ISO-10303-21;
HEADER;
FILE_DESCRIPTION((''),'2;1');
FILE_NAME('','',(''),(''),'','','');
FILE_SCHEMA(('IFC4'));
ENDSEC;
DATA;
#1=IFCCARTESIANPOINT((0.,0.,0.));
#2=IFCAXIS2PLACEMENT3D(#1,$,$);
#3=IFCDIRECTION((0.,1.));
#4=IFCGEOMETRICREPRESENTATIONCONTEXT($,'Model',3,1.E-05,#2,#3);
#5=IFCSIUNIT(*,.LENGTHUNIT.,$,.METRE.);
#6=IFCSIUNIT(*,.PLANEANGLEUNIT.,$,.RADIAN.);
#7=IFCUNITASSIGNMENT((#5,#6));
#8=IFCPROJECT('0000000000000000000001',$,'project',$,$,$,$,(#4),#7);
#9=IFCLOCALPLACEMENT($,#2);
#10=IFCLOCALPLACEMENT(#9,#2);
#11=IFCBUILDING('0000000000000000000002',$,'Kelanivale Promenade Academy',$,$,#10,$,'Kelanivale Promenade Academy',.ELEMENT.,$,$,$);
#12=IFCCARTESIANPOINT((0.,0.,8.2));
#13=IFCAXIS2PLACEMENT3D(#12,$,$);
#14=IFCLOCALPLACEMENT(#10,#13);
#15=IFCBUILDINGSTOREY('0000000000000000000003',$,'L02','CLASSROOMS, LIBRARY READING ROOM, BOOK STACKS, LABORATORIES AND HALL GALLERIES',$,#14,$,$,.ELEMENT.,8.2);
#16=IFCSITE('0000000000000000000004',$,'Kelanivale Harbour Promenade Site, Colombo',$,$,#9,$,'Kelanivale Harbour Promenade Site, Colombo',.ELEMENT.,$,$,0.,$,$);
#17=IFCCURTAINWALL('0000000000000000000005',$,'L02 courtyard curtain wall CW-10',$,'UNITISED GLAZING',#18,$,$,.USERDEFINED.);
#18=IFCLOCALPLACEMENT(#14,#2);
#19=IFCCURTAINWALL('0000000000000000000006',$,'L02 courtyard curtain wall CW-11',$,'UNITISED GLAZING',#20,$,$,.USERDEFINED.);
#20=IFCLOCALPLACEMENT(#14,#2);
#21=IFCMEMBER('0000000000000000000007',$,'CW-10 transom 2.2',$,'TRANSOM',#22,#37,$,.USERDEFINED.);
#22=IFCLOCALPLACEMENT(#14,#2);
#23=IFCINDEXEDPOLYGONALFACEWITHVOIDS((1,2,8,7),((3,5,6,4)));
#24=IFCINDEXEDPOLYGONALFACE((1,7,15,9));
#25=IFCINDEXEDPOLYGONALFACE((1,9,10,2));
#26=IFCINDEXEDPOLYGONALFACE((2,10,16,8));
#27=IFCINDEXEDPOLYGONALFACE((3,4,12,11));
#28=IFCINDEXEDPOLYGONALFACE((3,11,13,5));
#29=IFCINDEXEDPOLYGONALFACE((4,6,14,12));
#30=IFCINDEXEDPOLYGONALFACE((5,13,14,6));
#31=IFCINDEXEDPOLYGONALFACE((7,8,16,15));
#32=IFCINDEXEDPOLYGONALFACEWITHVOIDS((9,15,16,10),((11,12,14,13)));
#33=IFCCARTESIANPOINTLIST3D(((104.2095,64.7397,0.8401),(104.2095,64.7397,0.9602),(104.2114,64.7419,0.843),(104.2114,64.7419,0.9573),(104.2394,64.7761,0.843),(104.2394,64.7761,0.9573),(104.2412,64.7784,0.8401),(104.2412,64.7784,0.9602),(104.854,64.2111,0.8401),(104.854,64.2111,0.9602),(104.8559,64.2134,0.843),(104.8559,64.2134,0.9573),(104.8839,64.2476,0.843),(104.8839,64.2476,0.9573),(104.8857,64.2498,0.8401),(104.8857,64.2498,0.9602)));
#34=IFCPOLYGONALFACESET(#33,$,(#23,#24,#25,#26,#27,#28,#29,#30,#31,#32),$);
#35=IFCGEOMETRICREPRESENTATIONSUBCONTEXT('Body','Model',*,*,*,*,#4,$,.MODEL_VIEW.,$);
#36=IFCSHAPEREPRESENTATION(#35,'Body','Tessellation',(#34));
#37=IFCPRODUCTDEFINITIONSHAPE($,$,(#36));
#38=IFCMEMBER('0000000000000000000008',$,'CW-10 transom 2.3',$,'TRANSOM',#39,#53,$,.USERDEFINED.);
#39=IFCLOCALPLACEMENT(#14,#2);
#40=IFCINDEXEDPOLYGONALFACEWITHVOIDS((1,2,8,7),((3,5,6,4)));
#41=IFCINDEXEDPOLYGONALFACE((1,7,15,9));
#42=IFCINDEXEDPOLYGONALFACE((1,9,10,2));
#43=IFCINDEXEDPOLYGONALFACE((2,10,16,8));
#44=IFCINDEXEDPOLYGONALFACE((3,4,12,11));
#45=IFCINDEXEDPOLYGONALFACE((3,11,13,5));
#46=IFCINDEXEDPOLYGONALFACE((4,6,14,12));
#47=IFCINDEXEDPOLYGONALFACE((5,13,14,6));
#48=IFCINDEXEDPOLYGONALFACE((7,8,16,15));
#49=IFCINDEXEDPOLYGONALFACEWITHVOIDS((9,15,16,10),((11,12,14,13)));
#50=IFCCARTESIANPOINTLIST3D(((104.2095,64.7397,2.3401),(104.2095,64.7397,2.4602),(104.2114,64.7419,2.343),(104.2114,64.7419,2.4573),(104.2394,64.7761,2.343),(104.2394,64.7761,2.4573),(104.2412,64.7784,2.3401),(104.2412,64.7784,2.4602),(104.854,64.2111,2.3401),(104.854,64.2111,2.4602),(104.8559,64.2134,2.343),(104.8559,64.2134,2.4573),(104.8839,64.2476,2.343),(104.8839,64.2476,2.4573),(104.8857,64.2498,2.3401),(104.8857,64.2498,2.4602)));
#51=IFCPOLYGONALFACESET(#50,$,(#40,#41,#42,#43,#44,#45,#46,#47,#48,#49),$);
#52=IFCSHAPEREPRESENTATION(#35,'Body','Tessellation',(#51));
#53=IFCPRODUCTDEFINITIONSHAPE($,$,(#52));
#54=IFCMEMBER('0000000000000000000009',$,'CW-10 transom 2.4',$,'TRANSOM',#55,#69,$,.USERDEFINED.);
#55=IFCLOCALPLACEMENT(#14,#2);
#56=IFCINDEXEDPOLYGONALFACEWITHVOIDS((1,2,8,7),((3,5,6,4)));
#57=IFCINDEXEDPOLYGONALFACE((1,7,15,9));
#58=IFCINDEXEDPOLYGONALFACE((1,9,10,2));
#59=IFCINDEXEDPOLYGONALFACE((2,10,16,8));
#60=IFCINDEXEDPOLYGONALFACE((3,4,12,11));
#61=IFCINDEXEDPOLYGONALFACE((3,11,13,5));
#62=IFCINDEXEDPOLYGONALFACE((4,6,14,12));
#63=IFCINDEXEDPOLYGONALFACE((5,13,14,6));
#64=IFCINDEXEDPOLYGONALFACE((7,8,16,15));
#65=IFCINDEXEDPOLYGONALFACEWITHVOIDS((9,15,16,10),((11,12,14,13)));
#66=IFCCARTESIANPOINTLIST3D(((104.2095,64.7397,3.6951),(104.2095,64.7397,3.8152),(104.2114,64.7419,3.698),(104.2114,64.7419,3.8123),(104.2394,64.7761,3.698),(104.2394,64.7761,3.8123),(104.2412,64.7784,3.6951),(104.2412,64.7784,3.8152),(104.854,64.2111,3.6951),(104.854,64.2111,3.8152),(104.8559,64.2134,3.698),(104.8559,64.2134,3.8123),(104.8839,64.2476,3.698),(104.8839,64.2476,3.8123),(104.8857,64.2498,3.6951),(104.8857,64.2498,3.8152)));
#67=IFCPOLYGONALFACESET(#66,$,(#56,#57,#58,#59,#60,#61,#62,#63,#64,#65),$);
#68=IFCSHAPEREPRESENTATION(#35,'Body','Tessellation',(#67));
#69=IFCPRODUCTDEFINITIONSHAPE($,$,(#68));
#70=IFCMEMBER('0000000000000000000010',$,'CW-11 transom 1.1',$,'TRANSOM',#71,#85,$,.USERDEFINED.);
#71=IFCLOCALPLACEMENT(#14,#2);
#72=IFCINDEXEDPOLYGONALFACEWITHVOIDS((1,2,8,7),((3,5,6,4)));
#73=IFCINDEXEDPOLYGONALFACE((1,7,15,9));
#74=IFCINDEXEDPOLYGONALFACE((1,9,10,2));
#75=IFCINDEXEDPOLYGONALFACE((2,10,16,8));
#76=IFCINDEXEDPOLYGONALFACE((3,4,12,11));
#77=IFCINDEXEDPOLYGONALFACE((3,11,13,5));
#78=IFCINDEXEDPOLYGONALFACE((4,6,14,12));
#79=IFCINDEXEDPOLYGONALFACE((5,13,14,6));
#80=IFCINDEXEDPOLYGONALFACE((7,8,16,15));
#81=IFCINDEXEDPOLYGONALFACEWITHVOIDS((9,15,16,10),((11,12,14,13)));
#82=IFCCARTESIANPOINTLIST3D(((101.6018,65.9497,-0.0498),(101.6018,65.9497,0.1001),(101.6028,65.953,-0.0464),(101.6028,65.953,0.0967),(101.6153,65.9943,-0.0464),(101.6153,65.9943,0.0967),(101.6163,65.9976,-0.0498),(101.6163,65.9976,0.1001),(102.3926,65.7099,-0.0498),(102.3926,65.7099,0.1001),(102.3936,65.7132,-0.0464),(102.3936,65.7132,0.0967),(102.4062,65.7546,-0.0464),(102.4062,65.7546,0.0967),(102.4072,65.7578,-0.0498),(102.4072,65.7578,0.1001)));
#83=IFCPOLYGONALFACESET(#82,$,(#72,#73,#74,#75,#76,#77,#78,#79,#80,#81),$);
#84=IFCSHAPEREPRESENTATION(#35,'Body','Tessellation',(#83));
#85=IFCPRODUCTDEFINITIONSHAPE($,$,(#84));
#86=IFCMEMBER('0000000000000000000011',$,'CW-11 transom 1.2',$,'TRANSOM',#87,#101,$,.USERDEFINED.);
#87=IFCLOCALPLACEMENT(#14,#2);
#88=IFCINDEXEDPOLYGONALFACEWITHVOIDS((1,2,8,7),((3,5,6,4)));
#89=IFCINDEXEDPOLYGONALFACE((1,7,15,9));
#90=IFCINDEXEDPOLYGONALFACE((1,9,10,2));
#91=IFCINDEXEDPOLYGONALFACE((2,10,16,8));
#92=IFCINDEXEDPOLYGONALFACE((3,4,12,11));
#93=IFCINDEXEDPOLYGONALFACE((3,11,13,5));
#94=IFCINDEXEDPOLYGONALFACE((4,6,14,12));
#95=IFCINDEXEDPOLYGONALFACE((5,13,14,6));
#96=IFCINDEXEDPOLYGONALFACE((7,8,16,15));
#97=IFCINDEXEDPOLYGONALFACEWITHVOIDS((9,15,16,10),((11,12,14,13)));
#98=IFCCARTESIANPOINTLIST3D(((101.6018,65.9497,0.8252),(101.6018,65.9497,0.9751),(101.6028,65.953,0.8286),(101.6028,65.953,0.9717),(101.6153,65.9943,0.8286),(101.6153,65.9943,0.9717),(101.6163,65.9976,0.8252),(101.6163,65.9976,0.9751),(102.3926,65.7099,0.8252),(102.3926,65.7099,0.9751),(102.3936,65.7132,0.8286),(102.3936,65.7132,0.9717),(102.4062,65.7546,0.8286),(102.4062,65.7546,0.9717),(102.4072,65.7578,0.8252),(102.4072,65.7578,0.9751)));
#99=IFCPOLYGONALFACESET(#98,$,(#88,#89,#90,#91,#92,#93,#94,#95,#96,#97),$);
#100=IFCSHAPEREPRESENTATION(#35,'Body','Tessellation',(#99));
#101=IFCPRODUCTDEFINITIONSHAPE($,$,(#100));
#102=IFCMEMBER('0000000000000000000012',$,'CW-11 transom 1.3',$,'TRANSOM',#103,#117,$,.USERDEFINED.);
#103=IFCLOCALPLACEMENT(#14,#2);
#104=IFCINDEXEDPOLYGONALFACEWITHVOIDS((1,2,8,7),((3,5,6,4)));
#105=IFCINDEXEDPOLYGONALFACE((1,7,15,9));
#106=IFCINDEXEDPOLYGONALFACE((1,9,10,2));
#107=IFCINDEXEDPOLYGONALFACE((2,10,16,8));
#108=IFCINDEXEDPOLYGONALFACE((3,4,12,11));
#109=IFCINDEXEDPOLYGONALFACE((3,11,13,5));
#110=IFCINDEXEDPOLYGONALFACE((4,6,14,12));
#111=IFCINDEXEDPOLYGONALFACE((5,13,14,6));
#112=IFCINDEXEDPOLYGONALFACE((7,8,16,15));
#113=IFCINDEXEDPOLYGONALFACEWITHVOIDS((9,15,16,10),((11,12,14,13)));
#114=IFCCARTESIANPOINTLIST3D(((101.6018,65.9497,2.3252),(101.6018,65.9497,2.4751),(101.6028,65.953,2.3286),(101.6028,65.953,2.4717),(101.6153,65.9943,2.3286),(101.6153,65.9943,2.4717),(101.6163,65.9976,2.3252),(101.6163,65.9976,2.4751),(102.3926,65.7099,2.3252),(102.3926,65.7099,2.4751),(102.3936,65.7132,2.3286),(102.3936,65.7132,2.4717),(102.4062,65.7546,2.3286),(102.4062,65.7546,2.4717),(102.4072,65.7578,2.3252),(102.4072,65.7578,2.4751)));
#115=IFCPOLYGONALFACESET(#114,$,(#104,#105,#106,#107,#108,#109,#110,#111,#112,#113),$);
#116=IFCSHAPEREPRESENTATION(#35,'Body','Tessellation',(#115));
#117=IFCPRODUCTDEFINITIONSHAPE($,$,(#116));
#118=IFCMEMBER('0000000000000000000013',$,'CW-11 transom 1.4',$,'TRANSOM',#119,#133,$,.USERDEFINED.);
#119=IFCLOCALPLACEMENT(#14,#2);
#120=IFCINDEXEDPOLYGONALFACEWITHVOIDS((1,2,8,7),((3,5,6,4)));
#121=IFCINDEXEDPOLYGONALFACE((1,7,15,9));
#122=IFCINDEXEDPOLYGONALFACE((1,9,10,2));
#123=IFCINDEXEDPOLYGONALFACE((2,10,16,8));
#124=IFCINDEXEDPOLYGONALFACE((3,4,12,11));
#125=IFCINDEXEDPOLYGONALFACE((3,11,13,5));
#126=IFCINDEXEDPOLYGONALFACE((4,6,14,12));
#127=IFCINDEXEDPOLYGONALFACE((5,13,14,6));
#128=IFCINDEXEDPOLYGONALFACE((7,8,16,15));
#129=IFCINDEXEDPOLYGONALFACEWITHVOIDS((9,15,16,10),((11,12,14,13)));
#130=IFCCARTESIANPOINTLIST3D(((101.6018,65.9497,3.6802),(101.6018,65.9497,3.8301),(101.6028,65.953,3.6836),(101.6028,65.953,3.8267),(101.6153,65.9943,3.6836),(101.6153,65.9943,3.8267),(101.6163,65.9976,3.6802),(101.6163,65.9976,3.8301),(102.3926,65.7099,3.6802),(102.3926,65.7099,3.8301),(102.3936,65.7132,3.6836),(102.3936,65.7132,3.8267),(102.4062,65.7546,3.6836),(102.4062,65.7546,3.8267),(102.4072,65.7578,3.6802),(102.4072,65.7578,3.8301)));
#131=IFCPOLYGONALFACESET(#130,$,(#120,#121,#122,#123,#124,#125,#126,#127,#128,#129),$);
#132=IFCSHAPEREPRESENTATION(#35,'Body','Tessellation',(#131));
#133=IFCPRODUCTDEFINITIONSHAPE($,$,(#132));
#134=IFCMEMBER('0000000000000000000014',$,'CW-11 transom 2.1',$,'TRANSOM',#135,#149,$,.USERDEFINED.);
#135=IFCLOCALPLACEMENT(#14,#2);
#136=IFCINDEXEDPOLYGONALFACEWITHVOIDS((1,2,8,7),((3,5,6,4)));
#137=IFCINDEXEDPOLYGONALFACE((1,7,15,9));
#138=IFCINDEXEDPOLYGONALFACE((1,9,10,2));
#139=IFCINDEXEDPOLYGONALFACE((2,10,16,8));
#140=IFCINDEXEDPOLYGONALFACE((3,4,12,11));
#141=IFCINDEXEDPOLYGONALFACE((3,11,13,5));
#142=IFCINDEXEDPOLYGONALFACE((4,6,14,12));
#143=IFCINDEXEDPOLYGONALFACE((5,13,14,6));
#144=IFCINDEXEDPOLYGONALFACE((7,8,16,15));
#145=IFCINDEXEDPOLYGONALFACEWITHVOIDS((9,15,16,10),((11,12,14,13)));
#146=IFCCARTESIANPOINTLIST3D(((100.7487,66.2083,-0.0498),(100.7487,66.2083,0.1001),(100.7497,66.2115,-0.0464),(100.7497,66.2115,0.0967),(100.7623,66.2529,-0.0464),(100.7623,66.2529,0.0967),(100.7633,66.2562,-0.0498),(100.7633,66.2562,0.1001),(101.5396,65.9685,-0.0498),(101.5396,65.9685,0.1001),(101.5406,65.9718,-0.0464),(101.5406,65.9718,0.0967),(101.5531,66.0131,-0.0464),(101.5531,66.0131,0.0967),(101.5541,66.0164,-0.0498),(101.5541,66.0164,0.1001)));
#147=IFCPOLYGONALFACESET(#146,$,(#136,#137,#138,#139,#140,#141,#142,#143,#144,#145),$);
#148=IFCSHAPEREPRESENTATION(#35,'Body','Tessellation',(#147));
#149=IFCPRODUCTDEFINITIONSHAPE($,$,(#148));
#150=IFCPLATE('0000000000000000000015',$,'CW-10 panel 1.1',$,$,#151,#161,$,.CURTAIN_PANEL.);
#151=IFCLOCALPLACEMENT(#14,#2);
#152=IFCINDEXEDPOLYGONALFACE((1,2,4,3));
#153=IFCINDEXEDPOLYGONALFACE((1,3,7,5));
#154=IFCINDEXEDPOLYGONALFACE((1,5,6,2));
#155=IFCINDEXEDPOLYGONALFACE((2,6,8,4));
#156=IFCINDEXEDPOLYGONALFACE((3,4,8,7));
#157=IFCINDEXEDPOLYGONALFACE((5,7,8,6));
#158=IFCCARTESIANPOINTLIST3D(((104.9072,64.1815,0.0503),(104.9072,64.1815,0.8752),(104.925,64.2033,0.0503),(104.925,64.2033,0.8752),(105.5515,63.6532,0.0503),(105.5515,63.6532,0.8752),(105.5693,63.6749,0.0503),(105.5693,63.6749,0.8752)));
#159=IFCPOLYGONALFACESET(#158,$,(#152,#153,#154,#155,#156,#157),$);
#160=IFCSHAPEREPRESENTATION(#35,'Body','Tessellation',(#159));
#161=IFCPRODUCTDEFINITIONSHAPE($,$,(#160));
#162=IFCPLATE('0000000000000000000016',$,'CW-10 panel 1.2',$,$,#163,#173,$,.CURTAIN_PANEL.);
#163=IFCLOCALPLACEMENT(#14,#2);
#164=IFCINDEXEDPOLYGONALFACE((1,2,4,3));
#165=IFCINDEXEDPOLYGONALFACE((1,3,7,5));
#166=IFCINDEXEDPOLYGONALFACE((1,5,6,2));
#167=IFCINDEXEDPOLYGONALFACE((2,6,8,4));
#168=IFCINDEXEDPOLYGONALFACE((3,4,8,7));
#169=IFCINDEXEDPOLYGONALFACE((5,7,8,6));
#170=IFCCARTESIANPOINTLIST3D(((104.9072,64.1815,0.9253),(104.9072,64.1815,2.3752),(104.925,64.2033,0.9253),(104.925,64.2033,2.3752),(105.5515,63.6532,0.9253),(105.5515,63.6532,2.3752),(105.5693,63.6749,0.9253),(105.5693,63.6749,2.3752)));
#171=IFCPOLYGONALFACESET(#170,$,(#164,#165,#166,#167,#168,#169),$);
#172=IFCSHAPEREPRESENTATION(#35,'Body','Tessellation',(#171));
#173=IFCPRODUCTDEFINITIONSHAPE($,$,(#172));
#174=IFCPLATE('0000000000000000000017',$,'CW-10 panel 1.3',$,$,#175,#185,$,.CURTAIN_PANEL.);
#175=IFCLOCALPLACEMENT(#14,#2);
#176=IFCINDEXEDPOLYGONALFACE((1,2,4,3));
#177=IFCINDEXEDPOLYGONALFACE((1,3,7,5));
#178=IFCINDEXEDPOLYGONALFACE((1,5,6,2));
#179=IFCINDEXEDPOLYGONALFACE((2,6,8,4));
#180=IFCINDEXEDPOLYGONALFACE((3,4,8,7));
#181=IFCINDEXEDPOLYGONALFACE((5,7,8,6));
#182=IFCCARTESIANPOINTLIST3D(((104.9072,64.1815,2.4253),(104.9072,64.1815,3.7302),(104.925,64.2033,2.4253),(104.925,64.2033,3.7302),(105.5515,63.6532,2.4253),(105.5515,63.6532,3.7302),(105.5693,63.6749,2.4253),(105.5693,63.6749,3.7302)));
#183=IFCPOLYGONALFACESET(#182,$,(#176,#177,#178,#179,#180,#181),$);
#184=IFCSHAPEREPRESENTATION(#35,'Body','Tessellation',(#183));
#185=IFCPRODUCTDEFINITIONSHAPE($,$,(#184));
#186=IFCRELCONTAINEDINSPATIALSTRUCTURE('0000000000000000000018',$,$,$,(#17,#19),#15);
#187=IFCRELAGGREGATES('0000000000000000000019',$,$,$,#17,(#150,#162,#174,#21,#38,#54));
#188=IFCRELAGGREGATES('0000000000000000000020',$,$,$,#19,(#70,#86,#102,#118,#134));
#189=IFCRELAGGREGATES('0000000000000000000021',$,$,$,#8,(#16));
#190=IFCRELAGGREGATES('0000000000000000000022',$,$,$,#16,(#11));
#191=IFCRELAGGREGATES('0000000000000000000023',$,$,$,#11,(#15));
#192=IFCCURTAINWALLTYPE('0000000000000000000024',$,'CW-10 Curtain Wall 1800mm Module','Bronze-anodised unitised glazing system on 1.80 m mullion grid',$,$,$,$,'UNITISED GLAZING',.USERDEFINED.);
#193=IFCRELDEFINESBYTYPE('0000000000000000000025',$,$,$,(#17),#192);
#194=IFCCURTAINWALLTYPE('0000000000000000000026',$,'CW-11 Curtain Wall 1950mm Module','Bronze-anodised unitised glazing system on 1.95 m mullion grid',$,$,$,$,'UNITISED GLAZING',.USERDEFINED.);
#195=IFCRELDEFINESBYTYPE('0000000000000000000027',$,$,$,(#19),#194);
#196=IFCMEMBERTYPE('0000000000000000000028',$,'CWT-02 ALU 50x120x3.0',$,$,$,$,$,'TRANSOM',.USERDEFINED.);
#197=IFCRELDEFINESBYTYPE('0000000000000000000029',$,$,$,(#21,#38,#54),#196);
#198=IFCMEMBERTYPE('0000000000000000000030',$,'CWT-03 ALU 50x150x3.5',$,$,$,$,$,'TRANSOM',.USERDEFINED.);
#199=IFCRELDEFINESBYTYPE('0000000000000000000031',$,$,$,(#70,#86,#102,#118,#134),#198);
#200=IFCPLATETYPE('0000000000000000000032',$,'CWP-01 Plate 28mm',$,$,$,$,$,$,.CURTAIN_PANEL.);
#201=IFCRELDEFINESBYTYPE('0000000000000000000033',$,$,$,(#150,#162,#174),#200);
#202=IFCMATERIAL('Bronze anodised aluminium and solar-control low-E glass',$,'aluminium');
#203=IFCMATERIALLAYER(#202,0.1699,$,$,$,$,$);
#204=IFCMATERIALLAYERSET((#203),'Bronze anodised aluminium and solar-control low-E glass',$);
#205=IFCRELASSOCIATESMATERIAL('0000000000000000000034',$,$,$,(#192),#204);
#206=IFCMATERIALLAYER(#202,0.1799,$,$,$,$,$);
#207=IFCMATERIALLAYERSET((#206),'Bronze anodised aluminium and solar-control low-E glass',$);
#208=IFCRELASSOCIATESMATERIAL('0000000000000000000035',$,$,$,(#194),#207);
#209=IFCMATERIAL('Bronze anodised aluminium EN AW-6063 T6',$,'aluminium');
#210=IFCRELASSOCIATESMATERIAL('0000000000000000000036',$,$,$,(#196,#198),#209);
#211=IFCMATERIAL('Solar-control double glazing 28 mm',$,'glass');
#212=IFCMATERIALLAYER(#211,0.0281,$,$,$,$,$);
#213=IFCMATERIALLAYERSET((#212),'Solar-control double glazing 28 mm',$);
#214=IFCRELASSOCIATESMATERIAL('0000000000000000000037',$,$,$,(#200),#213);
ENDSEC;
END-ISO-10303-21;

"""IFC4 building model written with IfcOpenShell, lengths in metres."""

from ifc_helpers import new_model, si_unit, direction, frame, origin, origin_2d, place, context, subcontext, project, spatial, rectangle, hollow_rectangle, extrude, material, layer, layer_set, material_profile, profile_set, type_object, element, aggregate, save


model = new_model("IFC4")

# Units and contexts
model_context = context("Model", 3, precision=1e-05, world=origin(), true_north=direction((0.0, 1.0)))
body_context = subcontext(model_context, "Body", "Model", "MODEL_VIEW")
ifc_project = project(units=[si_unit("LENGTHUNIT", "METRE"), si_unit("PLANEANGLEUNIT", "RADIAN")], contexts=[model_context])

# Site, building, storey
site_placement = place(None, origin())
site = spatial("IfcSite", under=ifc_project, at=site_placement, Name="Kelanivale Harbour Promenade Site, Colombo", LongName="Kelanivale Harbour Promenade Site, Colombo", CompositionType="ELEMENT", RefElevation=0.0)
building_placement = place(site_placement, origin())
building = spatial("IfcBuilding", under=site, at=building_placement, Name="Kelanivale Promenade Academy", LongName="Kelanivale Promenade Academy", CompositionType="ELEMENT")
storey_placement = place(building_placement, frame((0.0, 0.0, 8.2)))
storey = spatial("IfcBuildingStorey", under=building, at=storey_placement, Name="L02", Description="CLASSROOMS, LIBRARY READING ROOM, BOOK STACKS, LABORATORIES AND HALL GALLERIES", CompositionType="ELEMENT", Elevation=8.2)

# Curtain walls
ifc_material_1 = material(Name="Bronze anodised aluminium and solar-control low-E glass", Category="aluminium")
ifc_layer_1 = layer(ifc_material_1, 0.1699)
ifc_layer_set_1 = layer_set([ifc_layer_1], Name="Bronze anodised aluminium and solar-control low-E glass")
curtain_wall_type_1 = type_object("IfcCurtainWallType", Name="CW-10 Curtain Wall 1800mm Module", Description="Bronze-anodised unitised glazing system on 1.80 m mullion grid", ElementType="UNITISED GLAZING", PredefinedType="USERDEFINED", material=ifc_layer_set_1)
curtain_wall_1_placement = place(storey_placement, origin())
curtain_wall_1 = element("IfcCurtainWall", 1, at=curtain_wall_1_placement, inside=storey, type_object=curtain_wall_type_1, Name="L02 courtyard curtain wall CW-10", ObjectType="UNITISED GLAZING", PredefinedType="USERDEFINED")
ifc_material_2 = material(Name="Bronze anodised aluminium EN AW-6063 T6", Category="aluminium")
ifc_layer_2 = layer(ifc_material_1, 0.1799)
ifc_layer_set_2 = layer_set([ifc_layer_2], Name="Bronze anodised aluminium and solar-control low-E glass")
curtain_wall_type_2 = type_object("IfcCurtainWallType", Name="CW-11 Curtain Wall 1950mm Module", Description="Bronze-anodised unitised glazing system on 1.95 m mullion grid", ElementType="UNITISED GLAZING", PredefinedType="USERDEFINED", material=ifc_layer_set_2)
curtain_wall_2_placement = place(storey_placement, origin())
curtain_wall_2 = element("IfcCurtainWall", 2, at=curtain_wall_2_placement, inside=storey, type_object=curtain_wall_type_2, Name="L02 courtyard curtain wall CW-11", ObjectType="UNITISED GLAZING", PredefinedType="USERDEFINED")

# Members
ifc_material_profile_1 = material_profile(ifc_material_2, hollow_rectangle(XDim=0.05, YDim=0.1201, WallThickness=0.0029, at=origin_2d()), Name="ALU 50x120x3.0")
ifc_profile_set_1 = profile_set([ifc_material_profile_1], Name="Bronze anodised aluminium EN AW-6063 T6")
member_type_1 = type_object("IfcMemberType", Name="CWT-02 ALU 50x120x3.0", ElementType="TRANSOM", PredefinedType="USERDEFINED", material=ifc_profile_set_1)
member_1_placement = place(storey_placement, frame((104.8699, 64.2305, 0.9001), z_axis=(-0.773239, 0.634115, 0.0), x_axis=(-0.634115, -0.773239, 0.0)))
member_1 = element("IfcMember", 3, at=member_1_placement, type_object=member_type_1, Name="CW-10 transom 2.2", ObjectType="TRANSOM", PredefinedType="USERDEFINED", context=body_context, shape_type="SweptSolid", body=[
    extrude(hollow_rectangle(XDim=0.05, YDim=0.1201, WallThickness=0.0029, at=origin_2d()), origin(), (0.0, 0.0, 1.0), 0.8335),
])
member_2_placement = place(storey_placement, frame((104.8699, 64.2305, 2.4001), z_axis=(-0.773239, 0.634115, 0.0), x_axis=(-0.634115, -0.773239, 0.0)))
member_2 = element("IfcMember", 4, at=member_2_placement, type_object=member_type_1, Name="CW-10 transom 2.3", ObjectType="TRANSOM", PredefinedType="USERDEFINED", context=body_context, shape_type="SweptSolid", body=[
    extrude(hollow_rectangle(XDim=0.05, YDim=0.1201, WallThickness=0.0029, at=origin_2d()), origin(), (0.0, 0.0, 1.0), 0.8335),
])
member_3_placement = place(storey_placement, frame((104.8699, 64.2305, 3.7551), z_axis=(-0.773239, 0.634115, 0.0), x_axis=(-0.634115, -0.773239, 0.0)))
member_3 = element("IfcMember", 5, at=member_3_placement, type_object=member_type_1, Name="CW-10 transom 2.4", ObjectType="TRANSOM", PredefinedType="USERDEFINED", context=body_context, shape_type="SweptSolid", body=[
    extrude(hollow_rectangle(XDim=0.05, YDim=0.1201, WallThickness=0.0029, at=origin_2d()), origin(), (0.0, 0.0, 1.0), 0.8335),
])
ifc_material_profile_2 = material_profile(ifc_material_2, hollow_rectangle(XDim=0.05, YDim=0.1499, WallThickness=0.0034, at=origin_2d()), Name="ALU 50x150x3.5")
ifc_profile_set_2 = profile_set([ifc_material_profile_2], Name="Bronze anodised aluminium EN AW-6063 T6")
member_type_2 = type_object("IfcMemberType", Name="CWT-03 ALU 50x150x3.5", ElementType="TRANSOM", PredefinedType="USERDEFINED", material=ifc_profile_set_2)
member_4_placement = place(storey_placement, frame((102.3999, 65.7339, 0.0251), z_axis=(-0.956985, 0.290139, 0.0), x_axis=(-0.290139, -0.956985, 0.0)))
member_4 = element("IfcMember", 6, at=member_4_placement, type_object=member_type_2, Name="CW-11 transom 1.1", ObjectType="TRANSOM", PredefinedType="USERDEFINED", context=body_context, shape_type="SweptSolid", body=[
    extrude(hollow_rectangle(XDim=0.05, YDim=0.1499, WallThickness=0.0034, at=origin_2d()), origin(), (0.0, 0.0, 1.0), 0.8264),
])
member_5_placement = place(storey_placement, frame((102.3999, 65.7339, 0.9001), z_axis=(-0.956985, 0.290139, 0.0), x_axis=(-0.290139, -0.956985, 0.0)))
member_5 = element("IfcMember", 7, at=member_5_placement, type_object=member_type_2, Name="CW-11 transom 1.2", ObjectType="TRANSOM", PredefinedType="USERDEFINED", context=body_context, shape_type="SweptSolid", body=[
    extrude(hollow_rectangle(XDim=0.05, YDim=0.1499, WallThickness=0.0034, at=origin_2d()), origin(), (0.0, 0.0, 1.0), 0.8264),
])
member_6_placement = place(storey_placement, frame((102.3999, 65.7339, 2.4001), z_axis=(-0.956985, 0.290139, 0.0), x_axis=(-0.290139, -0.956985, 0.0)))
member_6 = element("IfcMember", 8, at=member_6_placement, type_object=member_type_2, Name="CW-11 transom 1.3", ObjectType="TRANSOM", PredefinedType="USERDEFINED", context=body_context, shape_type="SweptSolid", body=[
    extrude(hollow_rectangle(XDim=0.05, YDim=0.1499, WallThickness=0.0034, at=origin_2d()), origin(), (0.0, 0.0, 1.0), 0.8264),
])
member_7_placement = place(storey_placement, frame((102.3999, 65.7339, 3.7551), z_axis=(-0.956985, 0.290139, 0.0), x_axis=(-0.290139, -0.956985, 0.0)))
member_7 = element("IfcMember", 9, at=member_7_placement, type_object=member_type_2, Name="CW-11 transom 1.4", ObjectType="TRANSOM", PredefinedType="USERDEFINED", context=body_context, shape_type="SweptSolid", body=[
    extrude(hollow_rectangle(XDim=0.05, YDim=0.1499, WallThickness=0.0034, at=origin_2d()), origin(), (0.0, 0.0, 1.0), 0.8264),
])
member_8_placement = place(storey_placement, frame((101.5469, 65.9924, 0.0251), z_axis=(-0.956985, 0.290139, 0.0), x_axis=(-0.290139, -0.956985, 0.0)))
member_8 = element("IfcMember", 10, at=member_8_placement, type_object=member_type_2, Name="CW-11 transom 2.1", ObjectType="TRANSOM", PredefinedType="USERDEFINED", context=body_context, shape_type="SweptSolid", body=[
    extrude(hollow_rectangle(XDim=0.05, YDim=0.1499, WallThickness=0.0034, at=origin_2d()), origin(), (0.0, 0.0, 1.0), 0.8264),
])

# Plates
ifc_material_3 = material(Name="Solar-control double glazing 28 mm", Category="glass")
ifc_layer_3 = layer(ifc_material_3, 0.0281)
ifc_layer_set_3 = layer_set([ifc_layer_3], Name="Solar-control double glazing 28 mm")
plate_type_1 = type_object("IfcPlateType", Name="CWP-01 Plate 28mm", PredefinedType="CURTAIN_PANEL", material=ifc_layer_set_3)
plate_1_placement = place(storey_placement, frame((105.2383, 63.9282, 0.0503), z_axis=(0.0, 0.0, 1.0), x_axis=(-0.773257, 0.634093, 0.0)))
plate_1 = element("IfcPlate", 11, at=plate_1_placement, type_object=plate_type_1, Name="CW-10 panel 1.1", PredefinedType="CURTAIN_PANEL", context=body_context, shape_type="SweptSolid", body=[
    extrude(rectangle(XDim=0.8333, YDim=0.0281, at=origin_2d()), origin(), (0.0, 0.0, 1.0), 0.825),
])
plate_2_placement = place(storey_placement, frame((105.2383, 63.9282, 0.9253), z_axis=(0.0, 0.0, 1.0), x_axis=(-0.773257, 0.634093, 0.0)))
plate_2 = element("IfcPlate", 12, at=plate_2_placement, type_object=plate_type_1, Name="CW-10 panel 1.2", PredefinedType="CURTAIN_PANEL", context=body_context, shape_type="SweptSolid", body=[
    extrude(rectangle(XDim=0.8333, YDim=0.0281, at=origin_2d()), origin(), (0.0, 0.0, 1.0), 1.45),
])
plate_3_placement = place(storey_placement, frame((105.2383, 63.9282, 2.4253), z_axis=(0.0, 0.0, 1.0), x_axis=(-0.773257, 0.634093, 0.0)))
plate_3 = element("IfcPlate", 13, at=plate_3_placement, type_object=plate_type_1, Name="CW-10 panel 1.3", PredefinedType="CURTAIN_PANEL", context=body_context, shape_type="SweptSolid", body=[
    extrude(rectangle(XDim=0.8333, YDim=0.0281, at=origin_2d()), origin(), (0.0, 0.0, 1.0), 1.3049),
])
aggregate(curtain_wall_1, [plate_1, plate_2, plate_3, member_1, member_2, member_3])
aggregate(curtain_wall_2, [member_4, member_5, member_6, member_7, member_8])

save(model, "model.ifc")
